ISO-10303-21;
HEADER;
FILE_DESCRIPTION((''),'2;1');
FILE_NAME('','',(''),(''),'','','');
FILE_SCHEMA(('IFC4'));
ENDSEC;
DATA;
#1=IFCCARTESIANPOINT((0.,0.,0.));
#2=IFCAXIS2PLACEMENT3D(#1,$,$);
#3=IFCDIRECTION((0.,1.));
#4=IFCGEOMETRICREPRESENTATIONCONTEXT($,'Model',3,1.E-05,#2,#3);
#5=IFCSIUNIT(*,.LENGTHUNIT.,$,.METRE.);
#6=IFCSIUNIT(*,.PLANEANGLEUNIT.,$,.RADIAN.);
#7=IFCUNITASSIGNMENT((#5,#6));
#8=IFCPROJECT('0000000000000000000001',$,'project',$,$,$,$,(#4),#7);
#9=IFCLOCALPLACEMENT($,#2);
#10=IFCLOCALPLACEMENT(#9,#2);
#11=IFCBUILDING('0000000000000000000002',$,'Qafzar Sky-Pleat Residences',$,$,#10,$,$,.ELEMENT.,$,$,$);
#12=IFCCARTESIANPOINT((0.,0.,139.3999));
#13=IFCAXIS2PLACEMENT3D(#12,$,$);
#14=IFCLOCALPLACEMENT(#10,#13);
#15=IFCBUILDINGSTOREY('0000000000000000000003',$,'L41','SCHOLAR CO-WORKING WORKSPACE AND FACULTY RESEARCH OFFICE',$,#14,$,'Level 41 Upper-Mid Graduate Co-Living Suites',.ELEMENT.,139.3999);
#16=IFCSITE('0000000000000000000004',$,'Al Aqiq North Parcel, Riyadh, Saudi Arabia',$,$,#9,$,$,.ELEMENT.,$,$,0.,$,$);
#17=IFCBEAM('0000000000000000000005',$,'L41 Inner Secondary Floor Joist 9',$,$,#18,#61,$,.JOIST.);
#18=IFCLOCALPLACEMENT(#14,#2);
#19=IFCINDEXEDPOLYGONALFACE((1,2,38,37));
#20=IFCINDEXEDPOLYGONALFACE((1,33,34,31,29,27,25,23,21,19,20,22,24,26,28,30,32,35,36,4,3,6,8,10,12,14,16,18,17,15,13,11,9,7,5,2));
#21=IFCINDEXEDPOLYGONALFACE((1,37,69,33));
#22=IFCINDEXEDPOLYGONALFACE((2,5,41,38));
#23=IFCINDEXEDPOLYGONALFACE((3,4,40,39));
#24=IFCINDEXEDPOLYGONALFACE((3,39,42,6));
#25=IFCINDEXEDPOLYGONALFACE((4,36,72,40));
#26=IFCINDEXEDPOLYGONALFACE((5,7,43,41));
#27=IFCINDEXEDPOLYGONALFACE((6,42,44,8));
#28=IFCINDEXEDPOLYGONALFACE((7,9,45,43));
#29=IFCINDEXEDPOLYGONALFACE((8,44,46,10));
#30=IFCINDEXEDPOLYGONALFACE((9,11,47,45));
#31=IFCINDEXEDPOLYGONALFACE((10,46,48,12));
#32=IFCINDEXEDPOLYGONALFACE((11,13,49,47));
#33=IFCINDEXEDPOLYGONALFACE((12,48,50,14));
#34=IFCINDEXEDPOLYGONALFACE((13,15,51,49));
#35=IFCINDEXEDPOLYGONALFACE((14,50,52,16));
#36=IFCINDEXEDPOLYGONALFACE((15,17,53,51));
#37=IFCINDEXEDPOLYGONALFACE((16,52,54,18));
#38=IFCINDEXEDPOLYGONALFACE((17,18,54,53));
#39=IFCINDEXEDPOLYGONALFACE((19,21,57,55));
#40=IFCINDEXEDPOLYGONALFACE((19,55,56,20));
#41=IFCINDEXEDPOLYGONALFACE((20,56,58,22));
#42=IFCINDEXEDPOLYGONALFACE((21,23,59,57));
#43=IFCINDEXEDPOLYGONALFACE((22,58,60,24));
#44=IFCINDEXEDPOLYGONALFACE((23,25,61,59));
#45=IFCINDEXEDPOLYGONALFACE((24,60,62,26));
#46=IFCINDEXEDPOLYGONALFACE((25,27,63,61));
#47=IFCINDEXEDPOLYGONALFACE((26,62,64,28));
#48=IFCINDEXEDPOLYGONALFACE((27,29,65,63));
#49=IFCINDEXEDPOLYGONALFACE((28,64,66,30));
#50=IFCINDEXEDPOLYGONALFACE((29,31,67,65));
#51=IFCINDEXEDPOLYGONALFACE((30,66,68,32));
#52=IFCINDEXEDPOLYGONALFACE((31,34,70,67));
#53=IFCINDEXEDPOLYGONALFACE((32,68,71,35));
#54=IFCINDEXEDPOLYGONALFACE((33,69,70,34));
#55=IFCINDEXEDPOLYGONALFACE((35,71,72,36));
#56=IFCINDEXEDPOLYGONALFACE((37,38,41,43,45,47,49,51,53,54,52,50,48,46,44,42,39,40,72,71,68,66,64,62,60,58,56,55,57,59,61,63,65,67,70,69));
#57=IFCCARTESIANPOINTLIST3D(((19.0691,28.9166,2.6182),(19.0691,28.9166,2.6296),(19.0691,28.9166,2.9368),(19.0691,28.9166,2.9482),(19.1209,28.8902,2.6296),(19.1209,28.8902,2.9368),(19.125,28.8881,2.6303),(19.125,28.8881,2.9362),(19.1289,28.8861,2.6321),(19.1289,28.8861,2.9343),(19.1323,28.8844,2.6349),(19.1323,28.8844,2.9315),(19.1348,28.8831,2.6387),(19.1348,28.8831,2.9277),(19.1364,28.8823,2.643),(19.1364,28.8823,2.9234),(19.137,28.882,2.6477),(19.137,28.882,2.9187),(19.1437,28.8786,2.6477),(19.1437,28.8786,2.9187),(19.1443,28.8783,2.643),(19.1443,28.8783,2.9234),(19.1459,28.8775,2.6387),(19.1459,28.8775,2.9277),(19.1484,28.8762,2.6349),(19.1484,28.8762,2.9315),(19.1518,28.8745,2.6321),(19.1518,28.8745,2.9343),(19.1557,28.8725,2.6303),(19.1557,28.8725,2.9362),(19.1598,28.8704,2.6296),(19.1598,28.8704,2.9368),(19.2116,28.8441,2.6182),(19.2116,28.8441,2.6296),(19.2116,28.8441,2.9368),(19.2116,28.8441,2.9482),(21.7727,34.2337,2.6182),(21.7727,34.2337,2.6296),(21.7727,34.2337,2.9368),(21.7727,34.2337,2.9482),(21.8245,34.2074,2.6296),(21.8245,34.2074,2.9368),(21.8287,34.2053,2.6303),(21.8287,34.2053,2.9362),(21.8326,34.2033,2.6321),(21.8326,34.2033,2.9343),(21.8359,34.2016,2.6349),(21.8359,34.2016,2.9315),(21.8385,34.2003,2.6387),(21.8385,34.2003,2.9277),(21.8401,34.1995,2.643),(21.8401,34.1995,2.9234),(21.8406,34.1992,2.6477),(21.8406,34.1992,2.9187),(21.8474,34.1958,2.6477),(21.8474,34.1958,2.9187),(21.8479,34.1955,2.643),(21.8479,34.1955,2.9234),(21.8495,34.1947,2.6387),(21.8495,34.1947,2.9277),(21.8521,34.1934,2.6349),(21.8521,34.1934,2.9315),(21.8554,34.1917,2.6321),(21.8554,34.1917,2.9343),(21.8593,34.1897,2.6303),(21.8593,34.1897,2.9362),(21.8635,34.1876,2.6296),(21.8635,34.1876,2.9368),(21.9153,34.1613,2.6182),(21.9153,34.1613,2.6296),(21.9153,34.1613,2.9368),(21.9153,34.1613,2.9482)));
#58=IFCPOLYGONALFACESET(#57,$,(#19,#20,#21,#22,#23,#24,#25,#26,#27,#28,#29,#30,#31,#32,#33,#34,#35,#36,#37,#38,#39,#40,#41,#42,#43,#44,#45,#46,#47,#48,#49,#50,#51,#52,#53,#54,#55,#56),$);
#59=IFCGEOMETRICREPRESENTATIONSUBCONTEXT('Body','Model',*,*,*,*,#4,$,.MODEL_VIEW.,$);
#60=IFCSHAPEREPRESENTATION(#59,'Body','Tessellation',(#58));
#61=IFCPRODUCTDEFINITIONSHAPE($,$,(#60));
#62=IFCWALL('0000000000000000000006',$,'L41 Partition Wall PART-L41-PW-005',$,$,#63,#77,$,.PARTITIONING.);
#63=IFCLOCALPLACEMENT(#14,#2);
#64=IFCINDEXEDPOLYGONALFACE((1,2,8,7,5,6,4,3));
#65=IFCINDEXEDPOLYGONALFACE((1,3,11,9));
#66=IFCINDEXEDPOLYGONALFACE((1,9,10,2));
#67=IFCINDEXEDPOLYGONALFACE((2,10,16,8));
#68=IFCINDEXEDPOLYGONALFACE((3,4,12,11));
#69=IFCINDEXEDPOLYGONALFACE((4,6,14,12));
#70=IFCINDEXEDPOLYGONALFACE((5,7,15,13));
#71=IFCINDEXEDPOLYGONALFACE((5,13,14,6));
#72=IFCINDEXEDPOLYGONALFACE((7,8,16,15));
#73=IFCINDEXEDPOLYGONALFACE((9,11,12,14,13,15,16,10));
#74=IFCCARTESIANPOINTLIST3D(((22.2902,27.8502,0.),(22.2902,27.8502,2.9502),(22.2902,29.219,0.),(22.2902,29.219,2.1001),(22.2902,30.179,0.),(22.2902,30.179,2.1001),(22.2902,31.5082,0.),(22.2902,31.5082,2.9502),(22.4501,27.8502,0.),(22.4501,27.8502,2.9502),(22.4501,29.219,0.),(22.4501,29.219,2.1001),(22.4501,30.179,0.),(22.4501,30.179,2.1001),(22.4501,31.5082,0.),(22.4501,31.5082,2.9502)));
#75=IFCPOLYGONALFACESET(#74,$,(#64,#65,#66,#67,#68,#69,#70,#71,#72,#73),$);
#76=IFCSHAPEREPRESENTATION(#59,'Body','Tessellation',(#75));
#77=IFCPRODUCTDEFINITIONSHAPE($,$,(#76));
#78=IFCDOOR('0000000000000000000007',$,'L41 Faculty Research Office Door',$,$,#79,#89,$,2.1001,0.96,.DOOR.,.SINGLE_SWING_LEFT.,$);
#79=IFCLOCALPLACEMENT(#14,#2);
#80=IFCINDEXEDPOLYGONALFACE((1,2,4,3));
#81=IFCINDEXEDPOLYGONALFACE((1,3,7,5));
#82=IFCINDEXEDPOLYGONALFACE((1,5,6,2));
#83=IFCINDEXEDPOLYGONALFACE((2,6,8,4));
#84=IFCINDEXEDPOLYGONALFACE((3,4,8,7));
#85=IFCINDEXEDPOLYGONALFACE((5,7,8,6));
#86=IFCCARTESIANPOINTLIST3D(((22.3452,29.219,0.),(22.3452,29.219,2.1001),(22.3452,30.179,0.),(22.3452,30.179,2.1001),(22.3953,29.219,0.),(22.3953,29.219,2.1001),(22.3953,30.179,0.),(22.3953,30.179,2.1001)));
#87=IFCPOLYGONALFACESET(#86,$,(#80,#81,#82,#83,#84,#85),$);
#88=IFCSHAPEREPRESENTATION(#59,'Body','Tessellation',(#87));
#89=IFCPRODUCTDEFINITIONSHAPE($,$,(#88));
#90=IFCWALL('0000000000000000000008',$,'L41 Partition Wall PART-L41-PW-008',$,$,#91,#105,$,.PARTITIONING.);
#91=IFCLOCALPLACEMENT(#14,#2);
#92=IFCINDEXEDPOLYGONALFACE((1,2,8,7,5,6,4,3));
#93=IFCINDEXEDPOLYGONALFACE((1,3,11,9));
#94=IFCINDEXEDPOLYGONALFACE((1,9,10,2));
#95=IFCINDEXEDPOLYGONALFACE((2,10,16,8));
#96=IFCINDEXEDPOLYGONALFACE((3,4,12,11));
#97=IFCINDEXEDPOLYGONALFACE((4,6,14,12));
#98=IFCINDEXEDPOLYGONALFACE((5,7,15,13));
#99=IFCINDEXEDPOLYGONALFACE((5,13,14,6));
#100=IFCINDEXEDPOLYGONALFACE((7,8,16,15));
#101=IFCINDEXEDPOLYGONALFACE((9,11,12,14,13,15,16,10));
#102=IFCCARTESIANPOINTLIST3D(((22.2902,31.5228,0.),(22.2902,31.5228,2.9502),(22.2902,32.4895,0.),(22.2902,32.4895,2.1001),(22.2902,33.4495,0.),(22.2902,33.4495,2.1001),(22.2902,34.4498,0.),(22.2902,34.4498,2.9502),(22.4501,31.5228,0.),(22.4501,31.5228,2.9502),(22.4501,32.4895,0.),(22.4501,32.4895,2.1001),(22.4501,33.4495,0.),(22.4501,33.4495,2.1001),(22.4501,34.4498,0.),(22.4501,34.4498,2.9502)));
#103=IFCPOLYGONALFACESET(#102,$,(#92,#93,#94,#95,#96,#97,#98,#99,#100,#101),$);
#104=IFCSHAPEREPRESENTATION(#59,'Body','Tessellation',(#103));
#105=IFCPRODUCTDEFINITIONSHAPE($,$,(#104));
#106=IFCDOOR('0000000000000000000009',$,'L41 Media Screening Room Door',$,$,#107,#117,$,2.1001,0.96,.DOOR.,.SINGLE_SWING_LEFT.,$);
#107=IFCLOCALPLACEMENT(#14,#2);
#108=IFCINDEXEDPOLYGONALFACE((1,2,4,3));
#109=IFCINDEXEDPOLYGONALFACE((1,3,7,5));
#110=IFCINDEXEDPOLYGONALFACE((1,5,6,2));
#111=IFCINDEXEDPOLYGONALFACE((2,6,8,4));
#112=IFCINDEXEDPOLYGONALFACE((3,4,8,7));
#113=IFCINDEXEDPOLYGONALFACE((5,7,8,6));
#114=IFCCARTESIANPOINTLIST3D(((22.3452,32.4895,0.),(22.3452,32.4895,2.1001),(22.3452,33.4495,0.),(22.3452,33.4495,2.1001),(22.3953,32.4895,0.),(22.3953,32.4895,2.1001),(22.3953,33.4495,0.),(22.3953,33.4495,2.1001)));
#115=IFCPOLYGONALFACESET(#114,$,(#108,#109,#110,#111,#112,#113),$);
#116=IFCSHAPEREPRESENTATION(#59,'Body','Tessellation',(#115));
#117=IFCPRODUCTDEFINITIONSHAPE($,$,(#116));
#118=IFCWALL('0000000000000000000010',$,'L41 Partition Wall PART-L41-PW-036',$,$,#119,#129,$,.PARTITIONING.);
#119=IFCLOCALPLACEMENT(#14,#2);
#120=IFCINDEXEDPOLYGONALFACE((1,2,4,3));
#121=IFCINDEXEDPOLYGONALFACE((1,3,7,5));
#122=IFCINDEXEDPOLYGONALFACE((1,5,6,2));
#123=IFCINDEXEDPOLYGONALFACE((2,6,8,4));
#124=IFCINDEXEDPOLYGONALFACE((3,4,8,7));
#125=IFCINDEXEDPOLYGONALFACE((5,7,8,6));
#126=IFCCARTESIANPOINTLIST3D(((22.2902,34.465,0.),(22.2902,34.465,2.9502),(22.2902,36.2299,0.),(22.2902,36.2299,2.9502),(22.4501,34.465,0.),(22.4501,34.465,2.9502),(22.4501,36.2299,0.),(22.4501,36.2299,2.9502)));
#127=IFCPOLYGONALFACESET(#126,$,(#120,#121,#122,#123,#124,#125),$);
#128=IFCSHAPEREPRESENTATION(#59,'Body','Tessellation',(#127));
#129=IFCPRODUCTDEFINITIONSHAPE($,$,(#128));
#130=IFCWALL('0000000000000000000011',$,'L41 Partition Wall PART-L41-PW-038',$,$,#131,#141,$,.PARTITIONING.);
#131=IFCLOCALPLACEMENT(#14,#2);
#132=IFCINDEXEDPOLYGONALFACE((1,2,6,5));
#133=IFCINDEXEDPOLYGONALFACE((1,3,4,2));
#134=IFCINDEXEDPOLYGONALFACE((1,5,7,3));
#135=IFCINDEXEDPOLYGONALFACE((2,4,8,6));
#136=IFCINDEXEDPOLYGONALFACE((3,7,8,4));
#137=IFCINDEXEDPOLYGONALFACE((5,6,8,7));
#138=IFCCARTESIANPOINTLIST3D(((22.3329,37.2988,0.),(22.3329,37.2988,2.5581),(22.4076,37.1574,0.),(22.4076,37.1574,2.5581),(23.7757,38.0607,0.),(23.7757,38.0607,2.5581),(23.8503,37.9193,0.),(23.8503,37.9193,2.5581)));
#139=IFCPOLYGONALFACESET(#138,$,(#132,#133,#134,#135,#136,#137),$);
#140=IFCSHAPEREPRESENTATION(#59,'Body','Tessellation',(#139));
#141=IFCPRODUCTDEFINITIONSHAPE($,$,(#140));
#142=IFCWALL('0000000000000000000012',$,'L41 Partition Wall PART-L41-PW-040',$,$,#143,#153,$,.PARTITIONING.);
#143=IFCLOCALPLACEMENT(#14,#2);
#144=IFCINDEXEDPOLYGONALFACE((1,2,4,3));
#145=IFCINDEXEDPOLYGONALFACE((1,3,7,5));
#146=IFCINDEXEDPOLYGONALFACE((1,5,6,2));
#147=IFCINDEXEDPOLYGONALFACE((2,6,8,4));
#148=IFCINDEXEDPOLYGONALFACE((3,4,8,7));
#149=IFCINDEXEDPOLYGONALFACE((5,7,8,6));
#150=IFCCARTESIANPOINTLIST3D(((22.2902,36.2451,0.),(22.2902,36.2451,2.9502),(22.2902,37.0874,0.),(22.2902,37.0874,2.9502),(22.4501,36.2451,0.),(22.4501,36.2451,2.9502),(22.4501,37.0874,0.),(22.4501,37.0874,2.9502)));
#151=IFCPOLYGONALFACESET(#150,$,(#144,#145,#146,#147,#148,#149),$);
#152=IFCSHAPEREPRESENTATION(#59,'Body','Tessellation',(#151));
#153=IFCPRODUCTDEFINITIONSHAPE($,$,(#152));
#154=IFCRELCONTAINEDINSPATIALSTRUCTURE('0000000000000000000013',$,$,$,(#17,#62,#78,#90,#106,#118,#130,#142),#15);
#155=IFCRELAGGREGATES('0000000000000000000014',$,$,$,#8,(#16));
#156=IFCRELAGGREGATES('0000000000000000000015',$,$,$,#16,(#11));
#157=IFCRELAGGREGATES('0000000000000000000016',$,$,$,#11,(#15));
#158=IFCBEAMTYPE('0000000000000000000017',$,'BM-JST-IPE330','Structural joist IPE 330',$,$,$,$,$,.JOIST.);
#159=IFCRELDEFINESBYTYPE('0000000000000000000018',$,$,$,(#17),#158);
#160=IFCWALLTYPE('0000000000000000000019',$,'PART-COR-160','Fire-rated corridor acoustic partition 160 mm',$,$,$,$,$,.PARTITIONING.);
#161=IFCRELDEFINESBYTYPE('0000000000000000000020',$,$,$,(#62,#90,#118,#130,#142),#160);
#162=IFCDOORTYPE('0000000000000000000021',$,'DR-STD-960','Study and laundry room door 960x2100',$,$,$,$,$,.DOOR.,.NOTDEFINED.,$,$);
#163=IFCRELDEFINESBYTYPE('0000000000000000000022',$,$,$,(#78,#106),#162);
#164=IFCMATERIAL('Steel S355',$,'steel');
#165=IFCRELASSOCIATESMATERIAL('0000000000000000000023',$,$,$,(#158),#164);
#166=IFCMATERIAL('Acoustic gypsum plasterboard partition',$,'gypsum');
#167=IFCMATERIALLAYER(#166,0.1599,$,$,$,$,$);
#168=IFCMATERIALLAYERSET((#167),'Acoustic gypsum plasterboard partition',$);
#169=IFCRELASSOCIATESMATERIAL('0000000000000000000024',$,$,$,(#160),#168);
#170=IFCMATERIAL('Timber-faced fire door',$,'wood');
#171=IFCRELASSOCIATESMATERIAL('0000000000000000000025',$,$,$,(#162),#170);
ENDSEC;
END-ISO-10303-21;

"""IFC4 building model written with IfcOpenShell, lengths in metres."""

from ifc_helpers import new_model, si_unit, direction, frame, frame_2d, origin, origin_2d, place, context, subcontext, project, spatial, rectangle, i_section, extrude, source, transform, mapped, material, layer, layer_set, material_profile, profile_set, type_object, element, fill, save


model = new_model("IFC4")

# Units and contexts
model_context = context("Model", 3, precision=1e-05, world=origin(), true_north=direction((0.0, 1.0)))
body_context = subcontext(model_context, "Body", "Model", "MODEL_VIEW")
ifc_project = project(units=[si_unit("LENGTHUNIT", "METRE"), si_unit("PLANEANGLEUNIT", "RADIAN")], contexts=[model_context])

# Site, building, storey
site_placement = place(None, origin())
site = spatial("IfcSite", under=ifc_project, at=site_placement, Name="Al Aqiq North Parcel, Riyadh, Saudi Arabia", CompositionType="ELEMENT", RefElevation=0.0)
building_placement = place(site_placement, origin())
building = spatial("IfcBuilding", under=site, at=building_placement, Name="Qafzar Sky-Pleat Residences", CompositionType="ELEMENT")
storey_placement = place(building_placement, frame((0.0, 0.0, 139.3999)))
storey = spatial("IfcBuildingStorey", under=building, at=storey_placement, Name="L41", Description="SCHOLAR CO-WORKING WORKSPACE AND FACULTY RESEARCH OFFICE", LongName="Level 41 Upper-Mid Graduate Co-Living Suites", CompositionType="ELEMENT", Elevation=139.3999)

# Beam
ifc_material_1 = material(Name="Steel S355", Category="steel")
ifc_material_profile_1 = material_profile(ifc_material_1, i_section(OverallWidth=0.1599, OverallDepth=0.3301, WebThickness=0.0076, FlangeThickness=0.0115, FilletRadius=0.0181, at=origin_2d()), Name="IPE 330")
ifc_profile_set_1 = profile_set([ifc_material_profile_1], Name="Steel S355")
beam_type_1 = type_object("IfcBeamType", Name="BM-JST-IPE330", Description="Structural joist IPE 330", PredefinedType="JOIST", material=ifc_profile_set_1)
shared_shape_1 = source(origin(), body_context, "Body", "SweptSolid", [
    extrude(i_section(OverallWidth=0.1599, OverallDepth=0.3301, WebThickness=0.0076, FlangeThickness=0.0115, FilletRadius=0.0181, at=origin_2d()), origin(), (0.0, 0.0, 1.0), 5.9651),
])
beam_1_placement = place(storey_placement, frame((21.844, 34.1975, 2.7832), z_axis=(-0.453244, -0.891386, 0.0), x_axis=(0.891386, -0.453244, 0.0)))
element("IfcBeam", 1, at=beam_1_placement, inside=storey, type_object=beam_type_1, Name="L41 Inner Secondary Floor Joist 9", PredefinedType="JOIST", context=body_context, shape_type="MappedRepresentation", body=[
    mapped(shared_shape_1, transform((0.0, 0.0, 0.0), x_axis=(1.0, 0.0, 0.0), y_axis=(0.0, 1.0, 0.0), z_axis=(0.0, 0.0, 1.0), scale=1.0)),
])

# Walls, openings, doors
ifc_material_2 = material(Name="Acoustic gypsum plasterboard partition", Category="gypsum")
ifc_layer_1 = layer(ifc_material_2, 0.1599)
ifc_layer_set_1 = layer_set([ifc_layer_1], Name="Acoustic gypsum plasterboard partition")
wall_type_1 = type_object("IfcWallType", Name="PART-COR-160", Description="Fire-rated corridor acoustic partition 160 mm", PredefinedType="PARTITIONING", material=ifc_layer_set_1)
wall_1_placement = place(storey_placement, frame((22.3701, 27.8501, 0.0), z_axis=(0.0, 0.0, 1.0), x_axis=(0.0, 1.0, 0.0)))
wall_1 = element("IfcWall", 2, at=wall_1_placement, inside=storey, type_object=wall_type_1, Name="L41 Partition Wall PART-L41-PW-005", PredefinedType="PARTITIONING", context=body_context, shape_type="SweptSolid", body=[
    extrude(rectangle(XDim=3.658, YDim=0.1599, at=frame_2d((1.8291, 0.0))), origin(), (0.0, 0.0, 1.0), 2.9502),
])
opening_1_placement = place(wall_1_placement, frame((1.3689, 0.0, 0.0)))
opening_1 = element("IfcOpeningElement", 3, at=opening_1_placement, cuts=wall_1, PredefinedType="OPENING", context=body_context, shape_type="SweptSolid", body=[
    extrude(rectangle(XDim=0.96, YDim=2.1001, at=frame_2d((0.48, 1.05))), frame((0.0, 0.0898, 0.0), z_axis=(0.0, -1.0, 0.0), x_axis=(1.0, 0.0, 0.0)), (0.0, 0.0, 1.0), 0.1799),
])
ifc_material_3 = material(Name="Timber-faced fire door", Category="wood")
door_type = type_object("IfcDoorType", Name="DR-STD-960", Description="Study and laundry room door 960x2100", OperationType="NOTDEFINED", PredefinedType="DOOR", material=ifc_material_3)
shared_shape_2 = source(origin(), body_context, "Body", "SweptSolid", [
    extrude(rectangle(XDim=0.96, YDim=2.1001, at=frame_2d((0.48, 1.05))), frame((0.0, 0.0249, 0.0), z_axis=(0.0, -1.0, 0.0), x_axis=(1.0, 0.0, 0.0)), (0.0, 0.0, 1.0), 0.05),
])
door_1_placement = place(opening_1_placement, origin())
door_1 = element("IfcDoor", 4, at=door_1_placement, inside=storey, type_object=door_type, Name="L41 Faculty Research Office Door", OperationType="SINGLE_SWING_LEFT", OverallHeight=2.1001, OverallWidth=0.96, PredefinedType="DOOR", context=body_context, shape_type="MappedRepresentation", body=[
    mapped(shared_shape_2, transform((0.0, 0.0, 0.0), x_axis=(1.0, 0.0, 0.0), y_axis=(0.0, 1.0, 0.0), z_axis=(0.0, 0.0, 1.0), scale=1.0)),
])
fill(opening_1, door_1)
wall_2_placement = place(storey_placement, frame((22.3701, 31.5229, 0.0), z_axis=(0.0, 0.0, 1.0), x_axis=(0.0, 1.0, 0.0)))
wall_2 = element("IfcWall", 5, at=wall_2_placement, inside=storey, type_object=wall_type_1, Name="L41 Partition Wall PART-L41-PW-008", PredefinedType="PARTITIONING", context=body_context, shape_type="SweptSolid", body=[
    extrude(rectangle(XDim=2.927, YDim=0.1599, at=frame_2d((1.4634, 0.0))), origin(), (0.0, 0.0, 1.0), 2.9502),
])
opening_2_placement = place(wall_2_placement, frame((0.9666, 0.0, 0.0)))
opening_2 = element("IfcOpeningElement", 6, at=opening_2_placement, cuts=wall_2, PredefinedType="OPENING", context=body_context, shape_type="SweptSolid", body=[
    extrude(rectangle(XDim=0.96, YDim=2.1001, at=frame_2d((0.48, 1.05))), frame((0.0, 0.0898, 0.0), z_axis=(0.0, -1.0, 0.0), x_axis=(1.0, 0.0, 0.0)), (0.0, 0.0, 1.0), 0.1799),
])
door_2_placement = place(opening_2_placement, origin())
door_2 = element("IfcDoor", 7, at=door_2_placement, inside=storey, type_object=door_type, Name="L41 Media Screening Room Door", OperationType="SINGLE_SWING_LEFT", OverallHeight=2.1001, OverallWidth=0.96, PredefinedType="DOOR", context=body_context, shape_type="MappedRepresentation", body=[
    mapped(shared_shape_2, transform((0.0, 0.0, 0.0), x_axis=(1.0, 0.0, 0.0), y_axis=(0.0, 1.0, 0.0), z_axis=(0.0, 0.0, 1.0), scale=1.0)),
])
fill(opening_2, door_2)

# Walls
wall_3_placement = place(storey_placement, frame((22.3701, 34.4651, 0.0), z_axis=(0.0, 0.0, 1.0), x_axis=(0.0, 1.0, 0.0)))
element("IfcWall", 8, at=wall_3_placement, inside=storey, type_object=wall_type_1, Name="L41 Partition Wall PART-L41-PW-036", PredefinedType="PARTITIONING", context=body_context, shape_type="SweptSolid", body=[
    extrude(rectangle(XDim=1.7649, YDim=0.1599, at=frame_2d((0.8823, 0.0))), origin(), (0.0, 0.0, 1.0), 2.9502),
])
wall_4_placement = place(storey_placement, frame((22.3701, 37.228, 0.0), z_axis=(0.0, 0.0, 1.0), x_axis=(0.884271, 0.466973, 0.0)))
element("IfcWall", 9, at=wall_4_placement, inside=storey, type_object=wall_type_1, Name="L41 Partition Wall PART-L41-PW-038", PredefinedType="PARTITIONING", context=body_context, shape_type="SweptSolid", body=[
    extrude(rectangle(XDim=1.6316, YDim=0.1599, at=frame_2d((0.8159, 0.0))), origin(), (0.0, 0.0, 1.0), 2.5581),
])
wall_5_placement = place(storey_placement, frame((22.3701, 36.2451, 0.0), z_axis=(0.0, 0.0, 1.0), x_axis=(0.0, 1.0, 0.0)))
element("IfcWall", 10, at=wall_5_placement, inside=storey, type_object=wall_type_1, Name="L41 Partition Wall PART-L41-PW-040", PredefinedType="PARTITIONING", context=body_context, shape_type="SweptSolid", body=[
    extrude(rectangle(XDim=0.8423, YDim=0.1599, at=frame_2d((0.4211, 0.0))), origin(), (0.0, 0.0, 1.0), 2.9502),
])

save(model, "model.ifc")
